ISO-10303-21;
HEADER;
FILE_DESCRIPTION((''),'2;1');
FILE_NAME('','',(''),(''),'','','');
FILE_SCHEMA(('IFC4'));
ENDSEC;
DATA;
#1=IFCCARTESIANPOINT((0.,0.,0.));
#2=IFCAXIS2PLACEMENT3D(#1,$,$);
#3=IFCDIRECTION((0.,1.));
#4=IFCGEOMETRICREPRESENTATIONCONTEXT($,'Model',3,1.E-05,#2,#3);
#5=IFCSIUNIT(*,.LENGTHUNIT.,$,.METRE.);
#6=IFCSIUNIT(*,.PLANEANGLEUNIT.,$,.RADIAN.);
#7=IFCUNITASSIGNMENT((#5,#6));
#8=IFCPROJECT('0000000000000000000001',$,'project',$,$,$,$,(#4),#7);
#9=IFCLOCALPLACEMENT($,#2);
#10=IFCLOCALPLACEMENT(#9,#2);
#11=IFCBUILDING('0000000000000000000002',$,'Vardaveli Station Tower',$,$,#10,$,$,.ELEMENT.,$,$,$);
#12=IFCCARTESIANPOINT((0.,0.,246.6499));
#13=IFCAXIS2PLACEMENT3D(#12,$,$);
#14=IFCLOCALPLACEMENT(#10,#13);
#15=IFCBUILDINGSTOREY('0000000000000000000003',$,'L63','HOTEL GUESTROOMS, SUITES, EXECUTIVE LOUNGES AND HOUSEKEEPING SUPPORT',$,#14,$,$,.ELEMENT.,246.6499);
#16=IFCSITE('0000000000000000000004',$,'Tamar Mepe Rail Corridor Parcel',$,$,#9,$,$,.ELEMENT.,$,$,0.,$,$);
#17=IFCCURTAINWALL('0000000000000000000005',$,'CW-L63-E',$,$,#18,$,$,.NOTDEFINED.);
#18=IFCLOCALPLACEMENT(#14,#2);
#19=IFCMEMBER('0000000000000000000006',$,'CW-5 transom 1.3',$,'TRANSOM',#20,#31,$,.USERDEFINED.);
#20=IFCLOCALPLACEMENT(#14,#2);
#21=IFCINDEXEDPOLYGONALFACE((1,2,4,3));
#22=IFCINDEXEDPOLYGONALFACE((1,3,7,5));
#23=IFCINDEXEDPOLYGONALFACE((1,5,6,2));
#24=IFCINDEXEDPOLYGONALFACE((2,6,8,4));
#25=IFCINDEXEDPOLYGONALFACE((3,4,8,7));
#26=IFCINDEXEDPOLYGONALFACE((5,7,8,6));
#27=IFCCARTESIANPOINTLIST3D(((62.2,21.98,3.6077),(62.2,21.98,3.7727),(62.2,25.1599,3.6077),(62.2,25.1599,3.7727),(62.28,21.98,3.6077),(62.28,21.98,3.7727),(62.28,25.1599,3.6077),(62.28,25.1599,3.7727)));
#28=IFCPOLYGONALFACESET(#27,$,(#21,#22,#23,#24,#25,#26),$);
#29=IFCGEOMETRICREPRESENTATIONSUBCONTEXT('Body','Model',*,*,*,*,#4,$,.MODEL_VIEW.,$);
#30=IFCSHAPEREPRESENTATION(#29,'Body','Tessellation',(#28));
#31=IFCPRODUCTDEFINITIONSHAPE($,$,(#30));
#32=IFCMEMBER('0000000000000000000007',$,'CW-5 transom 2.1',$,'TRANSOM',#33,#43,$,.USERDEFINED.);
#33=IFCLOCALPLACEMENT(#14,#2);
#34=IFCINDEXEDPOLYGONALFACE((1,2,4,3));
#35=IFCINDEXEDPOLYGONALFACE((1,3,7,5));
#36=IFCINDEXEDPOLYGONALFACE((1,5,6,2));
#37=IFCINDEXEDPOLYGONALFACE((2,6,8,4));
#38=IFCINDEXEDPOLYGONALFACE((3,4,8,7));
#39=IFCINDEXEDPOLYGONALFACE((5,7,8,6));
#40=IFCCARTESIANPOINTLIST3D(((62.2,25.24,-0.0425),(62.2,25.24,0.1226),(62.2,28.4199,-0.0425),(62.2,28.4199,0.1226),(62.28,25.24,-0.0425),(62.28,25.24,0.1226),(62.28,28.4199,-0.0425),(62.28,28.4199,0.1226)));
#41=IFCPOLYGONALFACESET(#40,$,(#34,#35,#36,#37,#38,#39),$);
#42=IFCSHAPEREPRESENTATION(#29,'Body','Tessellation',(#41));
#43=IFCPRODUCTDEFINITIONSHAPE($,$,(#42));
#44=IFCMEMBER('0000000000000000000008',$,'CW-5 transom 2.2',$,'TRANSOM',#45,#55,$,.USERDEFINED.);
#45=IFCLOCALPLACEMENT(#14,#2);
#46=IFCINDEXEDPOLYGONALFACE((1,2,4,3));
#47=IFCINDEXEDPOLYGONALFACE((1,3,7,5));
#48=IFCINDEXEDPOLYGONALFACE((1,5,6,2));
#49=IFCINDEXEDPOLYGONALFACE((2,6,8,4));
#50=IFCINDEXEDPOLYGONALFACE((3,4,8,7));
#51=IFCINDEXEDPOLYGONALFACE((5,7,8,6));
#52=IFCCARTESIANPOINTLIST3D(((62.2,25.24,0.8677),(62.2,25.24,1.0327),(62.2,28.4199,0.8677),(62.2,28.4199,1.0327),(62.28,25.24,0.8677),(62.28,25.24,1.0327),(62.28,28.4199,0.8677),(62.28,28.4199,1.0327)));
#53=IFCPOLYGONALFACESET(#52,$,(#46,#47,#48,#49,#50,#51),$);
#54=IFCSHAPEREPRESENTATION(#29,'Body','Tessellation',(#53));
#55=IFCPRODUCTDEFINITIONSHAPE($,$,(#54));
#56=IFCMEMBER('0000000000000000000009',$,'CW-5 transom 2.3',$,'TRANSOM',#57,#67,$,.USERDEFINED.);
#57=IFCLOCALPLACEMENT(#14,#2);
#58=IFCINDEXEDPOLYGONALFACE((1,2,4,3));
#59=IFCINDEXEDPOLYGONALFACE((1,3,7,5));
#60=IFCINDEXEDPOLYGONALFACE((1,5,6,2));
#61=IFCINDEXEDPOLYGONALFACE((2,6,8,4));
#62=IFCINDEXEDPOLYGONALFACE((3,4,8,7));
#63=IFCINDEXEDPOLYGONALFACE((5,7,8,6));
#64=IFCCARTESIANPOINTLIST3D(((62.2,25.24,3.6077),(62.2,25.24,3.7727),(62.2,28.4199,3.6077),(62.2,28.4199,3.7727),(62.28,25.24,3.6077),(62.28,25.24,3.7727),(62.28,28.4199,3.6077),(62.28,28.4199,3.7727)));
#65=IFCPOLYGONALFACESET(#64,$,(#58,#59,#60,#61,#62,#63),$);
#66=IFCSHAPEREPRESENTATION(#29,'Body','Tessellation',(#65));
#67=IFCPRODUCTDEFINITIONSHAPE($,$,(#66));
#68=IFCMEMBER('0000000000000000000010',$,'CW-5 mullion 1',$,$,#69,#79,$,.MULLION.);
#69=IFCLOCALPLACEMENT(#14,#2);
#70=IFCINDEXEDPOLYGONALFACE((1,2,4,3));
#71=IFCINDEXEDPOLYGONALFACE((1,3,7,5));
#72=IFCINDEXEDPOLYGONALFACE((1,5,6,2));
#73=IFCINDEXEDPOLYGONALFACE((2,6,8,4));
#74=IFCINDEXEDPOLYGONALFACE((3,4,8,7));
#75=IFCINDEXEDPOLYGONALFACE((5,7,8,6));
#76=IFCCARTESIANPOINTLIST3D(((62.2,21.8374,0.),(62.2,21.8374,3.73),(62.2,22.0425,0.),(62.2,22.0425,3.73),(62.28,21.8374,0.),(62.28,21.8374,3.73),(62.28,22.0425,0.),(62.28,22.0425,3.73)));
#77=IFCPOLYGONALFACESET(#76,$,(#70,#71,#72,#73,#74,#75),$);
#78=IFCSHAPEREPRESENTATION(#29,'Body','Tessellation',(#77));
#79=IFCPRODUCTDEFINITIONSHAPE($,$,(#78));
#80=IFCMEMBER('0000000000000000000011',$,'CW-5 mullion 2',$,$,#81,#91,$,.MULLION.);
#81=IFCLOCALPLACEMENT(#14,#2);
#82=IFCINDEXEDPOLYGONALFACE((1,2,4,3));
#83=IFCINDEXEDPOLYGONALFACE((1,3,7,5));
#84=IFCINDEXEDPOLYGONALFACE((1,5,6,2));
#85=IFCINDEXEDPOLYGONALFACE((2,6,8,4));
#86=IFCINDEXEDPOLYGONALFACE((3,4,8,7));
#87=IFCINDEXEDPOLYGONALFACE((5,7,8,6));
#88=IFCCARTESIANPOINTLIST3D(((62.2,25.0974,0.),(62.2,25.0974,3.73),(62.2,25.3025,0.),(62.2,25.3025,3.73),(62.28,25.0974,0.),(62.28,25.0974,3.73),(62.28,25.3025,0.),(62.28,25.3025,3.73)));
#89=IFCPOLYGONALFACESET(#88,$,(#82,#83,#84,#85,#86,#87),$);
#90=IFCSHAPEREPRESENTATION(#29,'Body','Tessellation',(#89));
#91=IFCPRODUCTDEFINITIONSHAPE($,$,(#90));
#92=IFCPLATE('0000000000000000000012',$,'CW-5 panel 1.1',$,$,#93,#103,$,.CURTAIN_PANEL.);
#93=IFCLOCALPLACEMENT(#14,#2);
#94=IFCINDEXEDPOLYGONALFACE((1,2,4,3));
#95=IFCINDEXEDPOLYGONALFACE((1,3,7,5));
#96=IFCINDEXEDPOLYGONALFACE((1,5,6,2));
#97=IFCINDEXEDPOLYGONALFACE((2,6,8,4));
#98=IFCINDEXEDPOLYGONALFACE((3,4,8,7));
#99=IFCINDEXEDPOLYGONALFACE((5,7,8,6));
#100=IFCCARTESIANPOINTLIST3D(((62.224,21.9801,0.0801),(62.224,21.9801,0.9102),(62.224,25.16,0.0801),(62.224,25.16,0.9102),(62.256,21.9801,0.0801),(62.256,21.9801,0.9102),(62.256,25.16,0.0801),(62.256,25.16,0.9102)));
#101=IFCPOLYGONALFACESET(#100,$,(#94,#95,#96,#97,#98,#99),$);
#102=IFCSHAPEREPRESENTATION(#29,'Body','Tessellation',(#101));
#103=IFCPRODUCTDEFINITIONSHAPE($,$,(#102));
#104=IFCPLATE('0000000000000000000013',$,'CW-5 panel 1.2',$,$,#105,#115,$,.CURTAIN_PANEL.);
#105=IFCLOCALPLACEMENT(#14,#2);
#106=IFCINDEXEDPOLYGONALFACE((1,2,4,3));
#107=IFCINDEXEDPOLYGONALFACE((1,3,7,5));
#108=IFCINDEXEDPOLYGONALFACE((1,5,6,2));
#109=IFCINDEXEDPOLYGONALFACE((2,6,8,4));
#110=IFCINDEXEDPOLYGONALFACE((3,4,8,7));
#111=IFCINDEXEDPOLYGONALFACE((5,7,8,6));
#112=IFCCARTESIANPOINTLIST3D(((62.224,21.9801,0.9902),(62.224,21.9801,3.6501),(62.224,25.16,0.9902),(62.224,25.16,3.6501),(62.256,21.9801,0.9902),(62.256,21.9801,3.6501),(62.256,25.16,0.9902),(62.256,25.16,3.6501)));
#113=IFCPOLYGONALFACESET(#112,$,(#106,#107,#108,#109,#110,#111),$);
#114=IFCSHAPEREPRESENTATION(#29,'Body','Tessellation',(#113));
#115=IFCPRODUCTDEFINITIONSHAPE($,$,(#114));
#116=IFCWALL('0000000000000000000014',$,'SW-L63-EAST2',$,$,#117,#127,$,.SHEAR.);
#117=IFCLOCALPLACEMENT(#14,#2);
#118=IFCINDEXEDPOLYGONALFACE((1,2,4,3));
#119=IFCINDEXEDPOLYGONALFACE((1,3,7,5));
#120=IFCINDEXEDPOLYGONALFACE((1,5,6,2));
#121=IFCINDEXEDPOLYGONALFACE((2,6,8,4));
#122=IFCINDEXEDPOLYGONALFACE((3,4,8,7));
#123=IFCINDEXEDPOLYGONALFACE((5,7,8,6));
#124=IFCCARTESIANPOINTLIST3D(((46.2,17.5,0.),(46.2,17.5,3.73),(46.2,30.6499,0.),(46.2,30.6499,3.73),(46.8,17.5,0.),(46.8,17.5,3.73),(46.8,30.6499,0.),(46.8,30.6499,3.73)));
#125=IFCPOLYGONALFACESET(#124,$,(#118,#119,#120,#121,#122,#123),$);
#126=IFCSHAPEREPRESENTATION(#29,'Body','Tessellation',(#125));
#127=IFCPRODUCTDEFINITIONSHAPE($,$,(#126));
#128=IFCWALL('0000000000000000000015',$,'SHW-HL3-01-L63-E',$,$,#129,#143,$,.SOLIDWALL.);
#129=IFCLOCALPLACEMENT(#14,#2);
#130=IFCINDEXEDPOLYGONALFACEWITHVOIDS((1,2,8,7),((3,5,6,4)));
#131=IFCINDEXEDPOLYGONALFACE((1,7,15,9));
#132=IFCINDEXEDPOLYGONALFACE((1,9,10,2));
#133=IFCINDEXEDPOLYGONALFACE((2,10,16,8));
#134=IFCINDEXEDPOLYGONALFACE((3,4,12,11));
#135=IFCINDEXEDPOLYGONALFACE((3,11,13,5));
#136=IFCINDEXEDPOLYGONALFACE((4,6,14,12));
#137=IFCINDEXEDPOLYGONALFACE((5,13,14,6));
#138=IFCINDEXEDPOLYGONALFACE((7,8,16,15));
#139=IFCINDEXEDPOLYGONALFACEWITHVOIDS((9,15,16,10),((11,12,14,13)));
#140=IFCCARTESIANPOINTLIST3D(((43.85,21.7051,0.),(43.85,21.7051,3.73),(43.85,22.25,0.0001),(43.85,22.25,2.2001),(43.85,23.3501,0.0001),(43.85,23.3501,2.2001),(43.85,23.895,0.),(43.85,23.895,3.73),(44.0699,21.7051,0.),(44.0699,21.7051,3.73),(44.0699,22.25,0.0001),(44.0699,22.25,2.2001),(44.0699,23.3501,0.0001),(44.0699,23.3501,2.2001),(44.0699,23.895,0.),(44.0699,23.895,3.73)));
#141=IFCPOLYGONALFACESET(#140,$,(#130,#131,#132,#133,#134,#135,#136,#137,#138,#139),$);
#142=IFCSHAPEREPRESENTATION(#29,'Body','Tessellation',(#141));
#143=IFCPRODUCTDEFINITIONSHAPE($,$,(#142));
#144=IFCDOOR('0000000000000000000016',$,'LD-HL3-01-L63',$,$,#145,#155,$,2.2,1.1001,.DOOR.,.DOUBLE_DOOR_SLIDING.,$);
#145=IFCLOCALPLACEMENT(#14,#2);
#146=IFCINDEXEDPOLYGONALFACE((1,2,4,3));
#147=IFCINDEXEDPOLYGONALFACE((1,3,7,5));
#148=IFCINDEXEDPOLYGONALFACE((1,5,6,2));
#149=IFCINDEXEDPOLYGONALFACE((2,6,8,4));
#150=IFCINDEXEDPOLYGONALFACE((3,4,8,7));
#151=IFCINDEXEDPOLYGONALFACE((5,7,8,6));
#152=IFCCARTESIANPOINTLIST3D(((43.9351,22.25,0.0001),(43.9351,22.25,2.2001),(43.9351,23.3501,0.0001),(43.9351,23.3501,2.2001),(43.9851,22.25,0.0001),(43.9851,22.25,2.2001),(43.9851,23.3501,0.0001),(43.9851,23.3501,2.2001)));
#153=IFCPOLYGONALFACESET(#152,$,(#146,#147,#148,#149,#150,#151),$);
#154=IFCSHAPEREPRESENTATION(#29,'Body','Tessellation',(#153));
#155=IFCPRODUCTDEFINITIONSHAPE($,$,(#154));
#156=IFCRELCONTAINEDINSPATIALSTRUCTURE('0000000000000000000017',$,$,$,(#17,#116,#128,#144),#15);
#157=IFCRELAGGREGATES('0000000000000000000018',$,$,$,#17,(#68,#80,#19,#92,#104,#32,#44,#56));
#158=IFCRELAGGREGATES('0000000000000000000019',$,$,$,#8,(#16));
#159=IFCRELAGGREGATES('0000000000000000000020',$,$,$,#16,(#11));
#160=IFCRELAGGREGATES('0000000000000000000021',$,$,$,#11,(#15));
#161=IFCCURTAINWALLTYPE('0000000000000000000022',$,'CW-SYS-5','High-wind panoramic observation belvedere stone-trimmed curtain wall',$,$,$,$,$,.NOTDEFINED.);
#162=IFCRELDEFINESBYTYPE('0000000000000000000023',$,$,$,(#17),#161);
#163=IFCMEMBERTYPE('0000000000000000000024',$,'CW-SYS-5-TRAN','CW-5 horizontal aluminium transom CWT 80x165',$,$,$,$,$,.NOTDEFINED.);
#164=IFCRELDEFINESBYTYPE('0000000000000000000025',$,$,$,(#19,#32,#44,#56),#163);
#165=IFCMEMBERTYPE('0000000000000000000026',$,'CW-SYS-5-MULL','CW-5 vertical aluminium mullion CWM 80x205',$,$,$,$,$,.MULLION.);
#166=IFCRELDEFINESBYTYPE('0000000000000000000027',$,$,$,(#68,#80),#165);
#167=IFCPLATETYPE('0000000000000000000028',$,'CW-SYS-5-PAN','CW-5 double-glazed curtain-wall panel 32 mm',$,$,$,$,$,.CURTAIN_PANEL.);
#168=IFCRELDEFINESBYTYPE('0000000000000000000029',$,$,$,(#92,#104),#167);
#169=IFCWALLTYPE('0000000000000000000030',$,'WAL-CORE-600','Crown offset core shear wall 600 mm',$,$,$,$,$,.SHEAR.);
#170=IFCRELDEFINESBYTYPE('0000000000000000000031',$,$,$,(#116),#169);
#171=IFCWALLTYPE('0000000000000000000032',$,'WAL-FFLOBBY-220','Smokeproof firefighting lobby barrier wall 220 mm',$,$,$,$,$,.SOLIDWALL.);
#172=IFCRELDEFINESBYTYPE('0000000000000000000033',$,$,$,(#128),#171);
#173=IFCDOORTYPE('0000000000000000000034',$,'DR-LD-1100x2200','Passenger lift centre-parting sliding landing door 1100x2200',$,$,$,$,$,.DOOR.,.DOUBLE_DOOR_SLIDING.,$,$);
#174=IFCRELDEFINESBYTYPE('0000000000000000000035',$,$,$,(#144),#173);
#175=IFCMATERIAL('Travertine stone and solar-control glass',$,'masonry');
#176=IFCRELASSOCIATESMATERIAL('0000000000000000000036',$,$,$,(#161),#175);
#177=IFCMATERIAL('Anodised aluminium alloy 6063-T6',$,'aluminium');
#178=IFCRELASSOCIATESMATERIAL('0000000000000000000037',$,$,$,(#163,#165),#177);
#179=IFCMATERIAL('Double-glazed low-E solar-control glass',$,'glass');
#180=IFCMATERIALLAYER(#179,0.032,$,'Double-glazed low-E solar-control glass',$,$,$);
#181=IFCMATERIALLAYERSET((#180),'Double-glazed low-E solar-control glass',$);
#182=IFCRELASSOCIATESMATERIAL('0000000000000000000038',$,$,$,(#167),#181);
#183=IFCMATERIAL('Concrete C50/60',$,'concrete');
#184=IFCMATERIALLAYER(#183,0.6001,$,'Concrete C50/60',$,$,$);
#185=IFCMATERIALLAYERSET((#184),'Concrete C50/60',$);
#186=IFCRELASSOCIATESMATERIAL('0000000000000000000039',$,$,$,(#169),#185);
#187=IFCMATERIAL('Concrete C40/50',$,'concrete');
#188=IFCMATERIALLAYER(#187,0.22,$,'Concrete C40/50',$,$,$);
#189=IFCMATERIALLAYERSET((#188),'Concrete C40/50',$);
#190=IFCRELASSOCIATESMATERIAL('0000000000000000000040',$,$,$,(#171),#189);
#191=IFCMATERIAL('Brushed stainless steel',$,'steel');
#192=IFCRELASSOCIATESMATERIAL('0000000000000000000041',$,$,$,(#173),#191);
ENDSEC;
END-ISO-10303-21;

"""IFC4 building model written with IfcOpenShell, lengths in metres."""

from ifc_helpers import new_model, si_unit, direction, frame, frame_2d, origin, origin_2d, place, context, subcontext, project, spatial, rectangle, extrude, source, transform, mapped, material, layer, layer_set, material_profile, profile_set, type_object, element, fill, aggregate, save


model = new_model("IFC4")

# Units and contexts
model_context = context("Model", 3, precision=1e-05, world=origin(), true_north=direction((0.0, 1.0)))
body_context = subcontext(model_context, "Body", "Model", "MODEL_VIEW")
ifc_project = project(units=[si_unit("LENGTHUNIT", "METRE"), si_unit("PLANEANGLEUNIT", "RADIAN")], contexts=[model_context])

# Site, building, storey
site_placement = place(None, origin())
site = spatial("IfcSite", under=ifc_project, at=site_placement, Name="Tamar Mepe Rail Corridor Parcel", CompositionType="ELEMENT", RefElevation=0.0)
building_placement = place(site_placement, origin())
building = spatial("IfcBuilding", under=site, at=building_placement, Name="Vardaveli Station Tower", CompositionType="ELEMENT")
storey_placement = place(building_placement, frame((0.0, 0.0, 246.6499)))
storey = spatial("IfcBuildingStorey", under=building, at=storey_placement, Name="L63", Description="HOTEL GUESTROOMS, SUITES, EXECUTIVE LOUNGES AND HOUSEKEEPING SUPPORT", CompositionType="ELEMENT", Elevation=246.6499)

# Curtain wall, members, plates
ifc_material_1 = material(Name="Travertine stone and solar-control glass", Category="masonry")
curtain_wall_type = type_object("IfcCurtainWallType", Name="CW-SYS-5", Description="High-wind panoramic observation belvedere stone-trimmed curtain wall", PredefinedType="NOTDEFINED", material=ifc_material_1)
curtain_wall_placement = place(storey_placement, origin())
curtain_wall = element("IfcCurtainWall", 1, at=curtain_wall_placement, inside=storey, type_object=curtain_wall_type, Name="CW-L63-E", PredefinedType="NOTDEFINED")
ifc_material_2 = material(Name="Anodised aluminium alloy 6063-T6", Category="aluminium")
ifc_material_profile_1 = material_profile(ifc_material_2, rectangle(XDim=0.0801, YDim=0.165, at=origin_2d()), Name="CWT 80x165")
ifc_profile_set_1 = profile_set([ifc_material_profile_1], Name="Anodised aluminium alloy 6063-T6")
member_type_1 = type_object("IfcMemberType", Name="CW-SYS-5-TRAN", Description="CW-5 horizontal aluminium transom CWT 80x165", PredefinedType="NOTDEFINED", material=ifc_profile_set_1)
shared_shape_1 = source(origin(), body_context, "Body", "SweptSolid", [
    extrude(rectangle(XDim=0.0801, YDim=0.165, at=origin_2d()), origin(), (0.0, 0.0, 1.0), 3.1799),
])
member_1_placement = place(storey_placement, frame((62.24, 21.98, 3.6902), z_axis=(0.0, 1.0, 0.0), x_axis=(-1.0, 0.0, 0.0)))
member_1 = element("IfcMember", 2, at=member_1_placement, type_object=member_type_1, Name="CW-5 transom 1.3", ObjectType="TRANSOM", PredefinedType="USERDEFINED", context=body_context, shape_type="MappedRepresentation", body=[
    mapped(shared_shape_1, transform((0.0, 0.0, 0.0), scale=1.0)),
])
member_2_placement = place(storey_placement, frame((62.24, 25.24, 0.04), z_axis=(0.0, 1.0, 0.0), x_axis=(-1.0, 0.0, 0.0)))
member_2 = element("IfcMember", 3, at=member_2_placement, type_object=member_type_1, Name="CW-5 transom 2.1", ObjectType="TRANSOM", PredefinedType="USERDEFINED", context=body_context, shape_type="MappedRepresentation", body=[
    mapped(shared_shape_1, transform((0.0, 0.0, 0.0), scale=1.0)),
])
member_3_placement = place(storey_placement, frame((62.24, 25.24, 0.9502), z_axis=(0.0, 1.0, 0.0), x_axis=(-1.0, 0.0, 0.0)))
member_3 = element("IfcMember", 4, at=member_3_placement, type_object=member_type_1, Name="CW-5 transom 2.2", ObjectType="TRANSOM", PredefinedType="USERDEFINED", context=body_context, shape_type="MappedRepresentation", body=[
    mapped(shared_shape_1, transform((0.0, 0.0, 0.0), scale=1.0)),
])
member_4_placement = place(storey_placement, frame((62.24, 25.24, 3.6902), z_axis=(0.0, 1.0, 0.0), x_axis=(-1.0, 0.0, 0.0)))
member_4 = element("IfcMember", 5, at=member_4_placement, type_object=member_type_1, Name="CW-5 transom 2.3", ObjectType="TRANSOM", PredefinedType="USERDEFINED", context=body_context, shape_type="MappedRepresentation", body=[
    mapped(shared_shape_1, transform((0.0, 0.0, 0.0), scale=1.0)),
])
ifc_material_profile_2 = material_profile(ifc_material_2, rectangle(XDim=0.0801, YDim=0.2051, at=origin_2d()), Name="CWM 80x205")
ifc_profile_set_2 = profile_set([ifc_material_profile_2], Name="Anodised aluminium alloy 6063-T6")
member_type_2 = type_object("IfcMemberType", Name="CW-SYS-5-MULL", Description="CW-5 vertical aluminium mullion CWM 80x205", PredefinedType="MULLION", material=ifc_profile_set_2)
shared_shape_2 = source(origin(), body_context, "Body", "SweptSolid", [
    extrude(rectangle(XDim=0.0801, YDim=0.2051, at=origin_2d()), origin(), (0.0, 0.0, 1.0), 3.73),
])
member_5_placement = place(storey_placement, frame((62.24, 21.9399, 0.0), z_axis=(0.0, 0.0, 1.0), x_axis=(-1.0, 0.0, 0.0)))
member_5 = element("IfcMember", 6, at=member_5_placement, type_object=member_type_2, Name="CW-5 mullion 1", PredefinedType="MULLION", context=body_context, shape_type="MappedRepresentation", body=[
    mapped(shared_shape_2, transform((0.0, 0.0, 0.0), scale=1.0)),
])
member_6_placement = place(storey_placement, frame((62.24, 25.2, 0.0), z_axis=(0.0, 0.0, 1.0), x_axis=(-1.0, 0.0, 0.0)))
member_6 = element("IfcMember", 7, at=member_6_placement, type_object=member_type_2, Name="CW-5 mullion 2", PredefinedType="MULLION", context=body_context, shape_type="MappedRepresentation", body=[
    mapped(shared_shape_2, transform((0.0, 0.0, 0.0), scale=1.0)),
])
ifc_material_3 = material(Name="Double-glazed low-E solar-control glass", Category="glass")
ifc_layer_1 = layer(ifc_material_3, 0.032, Name="Double-glazed low-E solar-control glass")
ifc_layer_set_1 = layer_set([ifc_layer_1], Name="Double-glazed low-E solar-control glass")
plate_type = type_object("IfcPlateType", Name="CW-SYS-5-PAN", Description="CW-5 double-glazed curtain-wall panel 32 mm", PredefinedType="CURTAIN_PANEL", material=ifc_layer_set_1)
shared_shape_3 = source(origin(), body_context, "Body", "SweptSolid", [
    extrude(rectangle(XDim=3.1799, YDim=0.032, at=origin_2d()), origin(), (0.0, 0.0, 1.0), 0.8301),
])
plate_1_placement = place(storey_placement, frame((62.24, 23.5701, 0.0801), z_axis=(0.0, 0.0, 1.0), x_axis=(0.0, 1.0, 0.0)))
plate_1 = element("IfcPlate", 8, at=plate_1_placement, type_object=plate_type, Name="CW-5 panel 1.1", PredefinedType="CURTAIN_PANEL", context=body_context, shape_type="MappedRepresentation", body=[
    mapped(shared_shape_3, transform((0.0, 0.0, 0.0), scale=1.0)),
])
shared_shape_4 = source(origin(), body_context, "Body", "SweptSolid", [
    extrude(rectangle(XDim=3.1799, YDim=0.032, at=origin_2d()), origin(), (0.0, 0.0, 1.0), 2.6599),
])
plate_2_placement = place(storey_placement, frame((62.24, 23.5701, 0.9902), z_axis=(0.0, 0.0, 1.0), x_axis=(0.0, 1.0, 0.0)))
plate_2 = element("IfcPlate", 9, at=plate_2_placement, type_object=plate_type, Name="CW-5 panel 1.2", PredefinedType="CURTAIN_PANEL", context=body_context, shape_type="MappedRepresentation", body=[
    mapped(shared_shape_4, transform((0.0, 0.0, 0.0), scale=1.0)),
])
aggregate(curtain_wall, [member_5, member_6, member_1, plate_1, plate_2, member_2, member_3, member_4])

# Wall
ifc_material_4 = material(Name="Concrete C50/60", Category="concrete")
ifc_layer_2 = layer(ifc_material_4, 0.6001, Name="Concrete C50/60")
ifc_layer_set_2 = layer_set([ifc_layer_2], Name="Concrete C50/60")
wall_type_1 = type_object("IfcWallType", Name="WAL-CORE-600", Description="Crown offset core shear wall 600 mm", PredefinedType="SHEAR", material=ifc_layer_set_2)
shared_shape_5 = source(origin(), body_context, "Body", "SweptSolid", [
    extrude(rectangle(XDim=13.1499, YDim=0.6001, at=frame_2d((6.575, 0.0))), origin(), (0.0, 0.0, 1.0), 3.73),
])
wall_1_placement = place(storey_placement, frame((46.5, 17.5, 0.0), z_axis=(0.0, 0.0, 1.0), x_axis=(0.0, 1.0, 0.0)))
element("IfcWall", 10, at=wall_1_placement, inside=storey, type_object=wall_type_1, Name="SW-L63-EAST2", PredefinedType="SHEAR", context=body_context, shape_type="MappedRepresentation", body=[
    mapped(shared_shape_5, transform((0.0, 0.0, 0.0), scale=1.0)),
])

# Wall, opening, door
ifc_material_5 = material(Name="Concrete C40/50", Category="concrete")
ifc_layer_3 = layer(ifc_material_5, 0.22, Name="Concrete C40/50")
ifc_layer_set_3 = layer_set([ifc_layer_3], Name="Concrete C40/50")
wall_type_2 = type_object("IfcWallType", Name="WAL-FFLOBBY-220", Description="Smokeproof firefighting lobby barrier wall 220 mm", PredefinedType="SOLIDWALL", material=ifc_layer_set_3)
shared_shape_6 = source(origin(), body_context, "Body", "SweptSolid", [
    extrude(rectangle(XDim=2.1899, YDim=0.22, at=frame_2d((1.095, 0.0))), origin(), (0.0, 0.0, 1.0), 3.73),
])
wall_2_placement = place(storey_placement, frame((43.96, 21.7051, 0.0), z_axis=(0.0, 0.0, 1.0), x_axis=(0.0, 1.0, 0.0)))
wall_2 = element("IfcWall", 11, at=wall_2_placement, inside=storey, type_object=wall_type_2, Name="SHW-HL3-01-L63-E", PredefinedType="SOLIDWALL", context=body_context, shape_type="MappedRepresentation", body=[
    mapped(shared_shape_6, transform((0.0, 0.0, 0.0), scale=1.0)),
])
shared_shape_7 = source(origin(), body_context, "Body", "SweptSolid", [
    extrude(rectangle(XDim=1.1001, YDim=2.2, at=frame_2d((0.55, 1.1001))), frame((0.0, 0.1201, 0.0), z_axis=(0.0, -1.0, 0.0), x_axis=(1.0, 0.0, 0.0)), (0.0, 0.0, 1.0), 0.24),
])
opening_1_placement = place(wall_2_placement, frame((0.5449, 0.0, 0.0)))
opening_1 = element("IfcOpeningElement", 12, at=opening_1_placement, cuts=wall_2, PredefinedType="OPENING", context=body_context, shape_type="MappedRepresentation", body=[
    mapped(shared_shape_7, transform((0.0, 0.0, 0.0), scale=1.0)),
])
ifc_material_6 = material(Name="Brushed stainless steel", Category="steel")
door_type = type_object("IfcDoorType", Name="DR-LD-1100x2200", Description="Passenger lift centre-parting sliding landing door 1100x2200", OperationType="DOUBLE_DOOR_SLIDING", PredefinedType="DOOR", material=ifc_material_6)
shared_shape_8 = source(origin(), body_context, "Body", "SweptSolid", [
    extrude(rectangle(XDim=1.1001, YDim=2.2, at=frame_2d((0.55, 1.1001))), frame((0.0, 0.0249, 0.0), z_axis=(0.0, -1.0, 0.0), x_axis=(1.0, 0.0, 0.0)), (0.0, 0.0, 1.0), 0.05),
])
door_1_placement = place(opening_1_placement, origin())
door_1 = element("IfcDoor", 13, at=door_1_placement, inside=storey, type_object=door_type, Name="LD-HL3-01-L63", OperationType="DOUBLE_DOOR_SLIDING", OverallHeight=2.2, OverallWidth=1.1001, PredefinedType="DOOR", context=body_context, shape_type="MappedRepresentation", body=[
    mapped(shared_shape_8, transform((0.0, 0.0, 0.0), scale=1.0)),
])
fill(opening_1, door_1)

save(model, "model.ifc")
